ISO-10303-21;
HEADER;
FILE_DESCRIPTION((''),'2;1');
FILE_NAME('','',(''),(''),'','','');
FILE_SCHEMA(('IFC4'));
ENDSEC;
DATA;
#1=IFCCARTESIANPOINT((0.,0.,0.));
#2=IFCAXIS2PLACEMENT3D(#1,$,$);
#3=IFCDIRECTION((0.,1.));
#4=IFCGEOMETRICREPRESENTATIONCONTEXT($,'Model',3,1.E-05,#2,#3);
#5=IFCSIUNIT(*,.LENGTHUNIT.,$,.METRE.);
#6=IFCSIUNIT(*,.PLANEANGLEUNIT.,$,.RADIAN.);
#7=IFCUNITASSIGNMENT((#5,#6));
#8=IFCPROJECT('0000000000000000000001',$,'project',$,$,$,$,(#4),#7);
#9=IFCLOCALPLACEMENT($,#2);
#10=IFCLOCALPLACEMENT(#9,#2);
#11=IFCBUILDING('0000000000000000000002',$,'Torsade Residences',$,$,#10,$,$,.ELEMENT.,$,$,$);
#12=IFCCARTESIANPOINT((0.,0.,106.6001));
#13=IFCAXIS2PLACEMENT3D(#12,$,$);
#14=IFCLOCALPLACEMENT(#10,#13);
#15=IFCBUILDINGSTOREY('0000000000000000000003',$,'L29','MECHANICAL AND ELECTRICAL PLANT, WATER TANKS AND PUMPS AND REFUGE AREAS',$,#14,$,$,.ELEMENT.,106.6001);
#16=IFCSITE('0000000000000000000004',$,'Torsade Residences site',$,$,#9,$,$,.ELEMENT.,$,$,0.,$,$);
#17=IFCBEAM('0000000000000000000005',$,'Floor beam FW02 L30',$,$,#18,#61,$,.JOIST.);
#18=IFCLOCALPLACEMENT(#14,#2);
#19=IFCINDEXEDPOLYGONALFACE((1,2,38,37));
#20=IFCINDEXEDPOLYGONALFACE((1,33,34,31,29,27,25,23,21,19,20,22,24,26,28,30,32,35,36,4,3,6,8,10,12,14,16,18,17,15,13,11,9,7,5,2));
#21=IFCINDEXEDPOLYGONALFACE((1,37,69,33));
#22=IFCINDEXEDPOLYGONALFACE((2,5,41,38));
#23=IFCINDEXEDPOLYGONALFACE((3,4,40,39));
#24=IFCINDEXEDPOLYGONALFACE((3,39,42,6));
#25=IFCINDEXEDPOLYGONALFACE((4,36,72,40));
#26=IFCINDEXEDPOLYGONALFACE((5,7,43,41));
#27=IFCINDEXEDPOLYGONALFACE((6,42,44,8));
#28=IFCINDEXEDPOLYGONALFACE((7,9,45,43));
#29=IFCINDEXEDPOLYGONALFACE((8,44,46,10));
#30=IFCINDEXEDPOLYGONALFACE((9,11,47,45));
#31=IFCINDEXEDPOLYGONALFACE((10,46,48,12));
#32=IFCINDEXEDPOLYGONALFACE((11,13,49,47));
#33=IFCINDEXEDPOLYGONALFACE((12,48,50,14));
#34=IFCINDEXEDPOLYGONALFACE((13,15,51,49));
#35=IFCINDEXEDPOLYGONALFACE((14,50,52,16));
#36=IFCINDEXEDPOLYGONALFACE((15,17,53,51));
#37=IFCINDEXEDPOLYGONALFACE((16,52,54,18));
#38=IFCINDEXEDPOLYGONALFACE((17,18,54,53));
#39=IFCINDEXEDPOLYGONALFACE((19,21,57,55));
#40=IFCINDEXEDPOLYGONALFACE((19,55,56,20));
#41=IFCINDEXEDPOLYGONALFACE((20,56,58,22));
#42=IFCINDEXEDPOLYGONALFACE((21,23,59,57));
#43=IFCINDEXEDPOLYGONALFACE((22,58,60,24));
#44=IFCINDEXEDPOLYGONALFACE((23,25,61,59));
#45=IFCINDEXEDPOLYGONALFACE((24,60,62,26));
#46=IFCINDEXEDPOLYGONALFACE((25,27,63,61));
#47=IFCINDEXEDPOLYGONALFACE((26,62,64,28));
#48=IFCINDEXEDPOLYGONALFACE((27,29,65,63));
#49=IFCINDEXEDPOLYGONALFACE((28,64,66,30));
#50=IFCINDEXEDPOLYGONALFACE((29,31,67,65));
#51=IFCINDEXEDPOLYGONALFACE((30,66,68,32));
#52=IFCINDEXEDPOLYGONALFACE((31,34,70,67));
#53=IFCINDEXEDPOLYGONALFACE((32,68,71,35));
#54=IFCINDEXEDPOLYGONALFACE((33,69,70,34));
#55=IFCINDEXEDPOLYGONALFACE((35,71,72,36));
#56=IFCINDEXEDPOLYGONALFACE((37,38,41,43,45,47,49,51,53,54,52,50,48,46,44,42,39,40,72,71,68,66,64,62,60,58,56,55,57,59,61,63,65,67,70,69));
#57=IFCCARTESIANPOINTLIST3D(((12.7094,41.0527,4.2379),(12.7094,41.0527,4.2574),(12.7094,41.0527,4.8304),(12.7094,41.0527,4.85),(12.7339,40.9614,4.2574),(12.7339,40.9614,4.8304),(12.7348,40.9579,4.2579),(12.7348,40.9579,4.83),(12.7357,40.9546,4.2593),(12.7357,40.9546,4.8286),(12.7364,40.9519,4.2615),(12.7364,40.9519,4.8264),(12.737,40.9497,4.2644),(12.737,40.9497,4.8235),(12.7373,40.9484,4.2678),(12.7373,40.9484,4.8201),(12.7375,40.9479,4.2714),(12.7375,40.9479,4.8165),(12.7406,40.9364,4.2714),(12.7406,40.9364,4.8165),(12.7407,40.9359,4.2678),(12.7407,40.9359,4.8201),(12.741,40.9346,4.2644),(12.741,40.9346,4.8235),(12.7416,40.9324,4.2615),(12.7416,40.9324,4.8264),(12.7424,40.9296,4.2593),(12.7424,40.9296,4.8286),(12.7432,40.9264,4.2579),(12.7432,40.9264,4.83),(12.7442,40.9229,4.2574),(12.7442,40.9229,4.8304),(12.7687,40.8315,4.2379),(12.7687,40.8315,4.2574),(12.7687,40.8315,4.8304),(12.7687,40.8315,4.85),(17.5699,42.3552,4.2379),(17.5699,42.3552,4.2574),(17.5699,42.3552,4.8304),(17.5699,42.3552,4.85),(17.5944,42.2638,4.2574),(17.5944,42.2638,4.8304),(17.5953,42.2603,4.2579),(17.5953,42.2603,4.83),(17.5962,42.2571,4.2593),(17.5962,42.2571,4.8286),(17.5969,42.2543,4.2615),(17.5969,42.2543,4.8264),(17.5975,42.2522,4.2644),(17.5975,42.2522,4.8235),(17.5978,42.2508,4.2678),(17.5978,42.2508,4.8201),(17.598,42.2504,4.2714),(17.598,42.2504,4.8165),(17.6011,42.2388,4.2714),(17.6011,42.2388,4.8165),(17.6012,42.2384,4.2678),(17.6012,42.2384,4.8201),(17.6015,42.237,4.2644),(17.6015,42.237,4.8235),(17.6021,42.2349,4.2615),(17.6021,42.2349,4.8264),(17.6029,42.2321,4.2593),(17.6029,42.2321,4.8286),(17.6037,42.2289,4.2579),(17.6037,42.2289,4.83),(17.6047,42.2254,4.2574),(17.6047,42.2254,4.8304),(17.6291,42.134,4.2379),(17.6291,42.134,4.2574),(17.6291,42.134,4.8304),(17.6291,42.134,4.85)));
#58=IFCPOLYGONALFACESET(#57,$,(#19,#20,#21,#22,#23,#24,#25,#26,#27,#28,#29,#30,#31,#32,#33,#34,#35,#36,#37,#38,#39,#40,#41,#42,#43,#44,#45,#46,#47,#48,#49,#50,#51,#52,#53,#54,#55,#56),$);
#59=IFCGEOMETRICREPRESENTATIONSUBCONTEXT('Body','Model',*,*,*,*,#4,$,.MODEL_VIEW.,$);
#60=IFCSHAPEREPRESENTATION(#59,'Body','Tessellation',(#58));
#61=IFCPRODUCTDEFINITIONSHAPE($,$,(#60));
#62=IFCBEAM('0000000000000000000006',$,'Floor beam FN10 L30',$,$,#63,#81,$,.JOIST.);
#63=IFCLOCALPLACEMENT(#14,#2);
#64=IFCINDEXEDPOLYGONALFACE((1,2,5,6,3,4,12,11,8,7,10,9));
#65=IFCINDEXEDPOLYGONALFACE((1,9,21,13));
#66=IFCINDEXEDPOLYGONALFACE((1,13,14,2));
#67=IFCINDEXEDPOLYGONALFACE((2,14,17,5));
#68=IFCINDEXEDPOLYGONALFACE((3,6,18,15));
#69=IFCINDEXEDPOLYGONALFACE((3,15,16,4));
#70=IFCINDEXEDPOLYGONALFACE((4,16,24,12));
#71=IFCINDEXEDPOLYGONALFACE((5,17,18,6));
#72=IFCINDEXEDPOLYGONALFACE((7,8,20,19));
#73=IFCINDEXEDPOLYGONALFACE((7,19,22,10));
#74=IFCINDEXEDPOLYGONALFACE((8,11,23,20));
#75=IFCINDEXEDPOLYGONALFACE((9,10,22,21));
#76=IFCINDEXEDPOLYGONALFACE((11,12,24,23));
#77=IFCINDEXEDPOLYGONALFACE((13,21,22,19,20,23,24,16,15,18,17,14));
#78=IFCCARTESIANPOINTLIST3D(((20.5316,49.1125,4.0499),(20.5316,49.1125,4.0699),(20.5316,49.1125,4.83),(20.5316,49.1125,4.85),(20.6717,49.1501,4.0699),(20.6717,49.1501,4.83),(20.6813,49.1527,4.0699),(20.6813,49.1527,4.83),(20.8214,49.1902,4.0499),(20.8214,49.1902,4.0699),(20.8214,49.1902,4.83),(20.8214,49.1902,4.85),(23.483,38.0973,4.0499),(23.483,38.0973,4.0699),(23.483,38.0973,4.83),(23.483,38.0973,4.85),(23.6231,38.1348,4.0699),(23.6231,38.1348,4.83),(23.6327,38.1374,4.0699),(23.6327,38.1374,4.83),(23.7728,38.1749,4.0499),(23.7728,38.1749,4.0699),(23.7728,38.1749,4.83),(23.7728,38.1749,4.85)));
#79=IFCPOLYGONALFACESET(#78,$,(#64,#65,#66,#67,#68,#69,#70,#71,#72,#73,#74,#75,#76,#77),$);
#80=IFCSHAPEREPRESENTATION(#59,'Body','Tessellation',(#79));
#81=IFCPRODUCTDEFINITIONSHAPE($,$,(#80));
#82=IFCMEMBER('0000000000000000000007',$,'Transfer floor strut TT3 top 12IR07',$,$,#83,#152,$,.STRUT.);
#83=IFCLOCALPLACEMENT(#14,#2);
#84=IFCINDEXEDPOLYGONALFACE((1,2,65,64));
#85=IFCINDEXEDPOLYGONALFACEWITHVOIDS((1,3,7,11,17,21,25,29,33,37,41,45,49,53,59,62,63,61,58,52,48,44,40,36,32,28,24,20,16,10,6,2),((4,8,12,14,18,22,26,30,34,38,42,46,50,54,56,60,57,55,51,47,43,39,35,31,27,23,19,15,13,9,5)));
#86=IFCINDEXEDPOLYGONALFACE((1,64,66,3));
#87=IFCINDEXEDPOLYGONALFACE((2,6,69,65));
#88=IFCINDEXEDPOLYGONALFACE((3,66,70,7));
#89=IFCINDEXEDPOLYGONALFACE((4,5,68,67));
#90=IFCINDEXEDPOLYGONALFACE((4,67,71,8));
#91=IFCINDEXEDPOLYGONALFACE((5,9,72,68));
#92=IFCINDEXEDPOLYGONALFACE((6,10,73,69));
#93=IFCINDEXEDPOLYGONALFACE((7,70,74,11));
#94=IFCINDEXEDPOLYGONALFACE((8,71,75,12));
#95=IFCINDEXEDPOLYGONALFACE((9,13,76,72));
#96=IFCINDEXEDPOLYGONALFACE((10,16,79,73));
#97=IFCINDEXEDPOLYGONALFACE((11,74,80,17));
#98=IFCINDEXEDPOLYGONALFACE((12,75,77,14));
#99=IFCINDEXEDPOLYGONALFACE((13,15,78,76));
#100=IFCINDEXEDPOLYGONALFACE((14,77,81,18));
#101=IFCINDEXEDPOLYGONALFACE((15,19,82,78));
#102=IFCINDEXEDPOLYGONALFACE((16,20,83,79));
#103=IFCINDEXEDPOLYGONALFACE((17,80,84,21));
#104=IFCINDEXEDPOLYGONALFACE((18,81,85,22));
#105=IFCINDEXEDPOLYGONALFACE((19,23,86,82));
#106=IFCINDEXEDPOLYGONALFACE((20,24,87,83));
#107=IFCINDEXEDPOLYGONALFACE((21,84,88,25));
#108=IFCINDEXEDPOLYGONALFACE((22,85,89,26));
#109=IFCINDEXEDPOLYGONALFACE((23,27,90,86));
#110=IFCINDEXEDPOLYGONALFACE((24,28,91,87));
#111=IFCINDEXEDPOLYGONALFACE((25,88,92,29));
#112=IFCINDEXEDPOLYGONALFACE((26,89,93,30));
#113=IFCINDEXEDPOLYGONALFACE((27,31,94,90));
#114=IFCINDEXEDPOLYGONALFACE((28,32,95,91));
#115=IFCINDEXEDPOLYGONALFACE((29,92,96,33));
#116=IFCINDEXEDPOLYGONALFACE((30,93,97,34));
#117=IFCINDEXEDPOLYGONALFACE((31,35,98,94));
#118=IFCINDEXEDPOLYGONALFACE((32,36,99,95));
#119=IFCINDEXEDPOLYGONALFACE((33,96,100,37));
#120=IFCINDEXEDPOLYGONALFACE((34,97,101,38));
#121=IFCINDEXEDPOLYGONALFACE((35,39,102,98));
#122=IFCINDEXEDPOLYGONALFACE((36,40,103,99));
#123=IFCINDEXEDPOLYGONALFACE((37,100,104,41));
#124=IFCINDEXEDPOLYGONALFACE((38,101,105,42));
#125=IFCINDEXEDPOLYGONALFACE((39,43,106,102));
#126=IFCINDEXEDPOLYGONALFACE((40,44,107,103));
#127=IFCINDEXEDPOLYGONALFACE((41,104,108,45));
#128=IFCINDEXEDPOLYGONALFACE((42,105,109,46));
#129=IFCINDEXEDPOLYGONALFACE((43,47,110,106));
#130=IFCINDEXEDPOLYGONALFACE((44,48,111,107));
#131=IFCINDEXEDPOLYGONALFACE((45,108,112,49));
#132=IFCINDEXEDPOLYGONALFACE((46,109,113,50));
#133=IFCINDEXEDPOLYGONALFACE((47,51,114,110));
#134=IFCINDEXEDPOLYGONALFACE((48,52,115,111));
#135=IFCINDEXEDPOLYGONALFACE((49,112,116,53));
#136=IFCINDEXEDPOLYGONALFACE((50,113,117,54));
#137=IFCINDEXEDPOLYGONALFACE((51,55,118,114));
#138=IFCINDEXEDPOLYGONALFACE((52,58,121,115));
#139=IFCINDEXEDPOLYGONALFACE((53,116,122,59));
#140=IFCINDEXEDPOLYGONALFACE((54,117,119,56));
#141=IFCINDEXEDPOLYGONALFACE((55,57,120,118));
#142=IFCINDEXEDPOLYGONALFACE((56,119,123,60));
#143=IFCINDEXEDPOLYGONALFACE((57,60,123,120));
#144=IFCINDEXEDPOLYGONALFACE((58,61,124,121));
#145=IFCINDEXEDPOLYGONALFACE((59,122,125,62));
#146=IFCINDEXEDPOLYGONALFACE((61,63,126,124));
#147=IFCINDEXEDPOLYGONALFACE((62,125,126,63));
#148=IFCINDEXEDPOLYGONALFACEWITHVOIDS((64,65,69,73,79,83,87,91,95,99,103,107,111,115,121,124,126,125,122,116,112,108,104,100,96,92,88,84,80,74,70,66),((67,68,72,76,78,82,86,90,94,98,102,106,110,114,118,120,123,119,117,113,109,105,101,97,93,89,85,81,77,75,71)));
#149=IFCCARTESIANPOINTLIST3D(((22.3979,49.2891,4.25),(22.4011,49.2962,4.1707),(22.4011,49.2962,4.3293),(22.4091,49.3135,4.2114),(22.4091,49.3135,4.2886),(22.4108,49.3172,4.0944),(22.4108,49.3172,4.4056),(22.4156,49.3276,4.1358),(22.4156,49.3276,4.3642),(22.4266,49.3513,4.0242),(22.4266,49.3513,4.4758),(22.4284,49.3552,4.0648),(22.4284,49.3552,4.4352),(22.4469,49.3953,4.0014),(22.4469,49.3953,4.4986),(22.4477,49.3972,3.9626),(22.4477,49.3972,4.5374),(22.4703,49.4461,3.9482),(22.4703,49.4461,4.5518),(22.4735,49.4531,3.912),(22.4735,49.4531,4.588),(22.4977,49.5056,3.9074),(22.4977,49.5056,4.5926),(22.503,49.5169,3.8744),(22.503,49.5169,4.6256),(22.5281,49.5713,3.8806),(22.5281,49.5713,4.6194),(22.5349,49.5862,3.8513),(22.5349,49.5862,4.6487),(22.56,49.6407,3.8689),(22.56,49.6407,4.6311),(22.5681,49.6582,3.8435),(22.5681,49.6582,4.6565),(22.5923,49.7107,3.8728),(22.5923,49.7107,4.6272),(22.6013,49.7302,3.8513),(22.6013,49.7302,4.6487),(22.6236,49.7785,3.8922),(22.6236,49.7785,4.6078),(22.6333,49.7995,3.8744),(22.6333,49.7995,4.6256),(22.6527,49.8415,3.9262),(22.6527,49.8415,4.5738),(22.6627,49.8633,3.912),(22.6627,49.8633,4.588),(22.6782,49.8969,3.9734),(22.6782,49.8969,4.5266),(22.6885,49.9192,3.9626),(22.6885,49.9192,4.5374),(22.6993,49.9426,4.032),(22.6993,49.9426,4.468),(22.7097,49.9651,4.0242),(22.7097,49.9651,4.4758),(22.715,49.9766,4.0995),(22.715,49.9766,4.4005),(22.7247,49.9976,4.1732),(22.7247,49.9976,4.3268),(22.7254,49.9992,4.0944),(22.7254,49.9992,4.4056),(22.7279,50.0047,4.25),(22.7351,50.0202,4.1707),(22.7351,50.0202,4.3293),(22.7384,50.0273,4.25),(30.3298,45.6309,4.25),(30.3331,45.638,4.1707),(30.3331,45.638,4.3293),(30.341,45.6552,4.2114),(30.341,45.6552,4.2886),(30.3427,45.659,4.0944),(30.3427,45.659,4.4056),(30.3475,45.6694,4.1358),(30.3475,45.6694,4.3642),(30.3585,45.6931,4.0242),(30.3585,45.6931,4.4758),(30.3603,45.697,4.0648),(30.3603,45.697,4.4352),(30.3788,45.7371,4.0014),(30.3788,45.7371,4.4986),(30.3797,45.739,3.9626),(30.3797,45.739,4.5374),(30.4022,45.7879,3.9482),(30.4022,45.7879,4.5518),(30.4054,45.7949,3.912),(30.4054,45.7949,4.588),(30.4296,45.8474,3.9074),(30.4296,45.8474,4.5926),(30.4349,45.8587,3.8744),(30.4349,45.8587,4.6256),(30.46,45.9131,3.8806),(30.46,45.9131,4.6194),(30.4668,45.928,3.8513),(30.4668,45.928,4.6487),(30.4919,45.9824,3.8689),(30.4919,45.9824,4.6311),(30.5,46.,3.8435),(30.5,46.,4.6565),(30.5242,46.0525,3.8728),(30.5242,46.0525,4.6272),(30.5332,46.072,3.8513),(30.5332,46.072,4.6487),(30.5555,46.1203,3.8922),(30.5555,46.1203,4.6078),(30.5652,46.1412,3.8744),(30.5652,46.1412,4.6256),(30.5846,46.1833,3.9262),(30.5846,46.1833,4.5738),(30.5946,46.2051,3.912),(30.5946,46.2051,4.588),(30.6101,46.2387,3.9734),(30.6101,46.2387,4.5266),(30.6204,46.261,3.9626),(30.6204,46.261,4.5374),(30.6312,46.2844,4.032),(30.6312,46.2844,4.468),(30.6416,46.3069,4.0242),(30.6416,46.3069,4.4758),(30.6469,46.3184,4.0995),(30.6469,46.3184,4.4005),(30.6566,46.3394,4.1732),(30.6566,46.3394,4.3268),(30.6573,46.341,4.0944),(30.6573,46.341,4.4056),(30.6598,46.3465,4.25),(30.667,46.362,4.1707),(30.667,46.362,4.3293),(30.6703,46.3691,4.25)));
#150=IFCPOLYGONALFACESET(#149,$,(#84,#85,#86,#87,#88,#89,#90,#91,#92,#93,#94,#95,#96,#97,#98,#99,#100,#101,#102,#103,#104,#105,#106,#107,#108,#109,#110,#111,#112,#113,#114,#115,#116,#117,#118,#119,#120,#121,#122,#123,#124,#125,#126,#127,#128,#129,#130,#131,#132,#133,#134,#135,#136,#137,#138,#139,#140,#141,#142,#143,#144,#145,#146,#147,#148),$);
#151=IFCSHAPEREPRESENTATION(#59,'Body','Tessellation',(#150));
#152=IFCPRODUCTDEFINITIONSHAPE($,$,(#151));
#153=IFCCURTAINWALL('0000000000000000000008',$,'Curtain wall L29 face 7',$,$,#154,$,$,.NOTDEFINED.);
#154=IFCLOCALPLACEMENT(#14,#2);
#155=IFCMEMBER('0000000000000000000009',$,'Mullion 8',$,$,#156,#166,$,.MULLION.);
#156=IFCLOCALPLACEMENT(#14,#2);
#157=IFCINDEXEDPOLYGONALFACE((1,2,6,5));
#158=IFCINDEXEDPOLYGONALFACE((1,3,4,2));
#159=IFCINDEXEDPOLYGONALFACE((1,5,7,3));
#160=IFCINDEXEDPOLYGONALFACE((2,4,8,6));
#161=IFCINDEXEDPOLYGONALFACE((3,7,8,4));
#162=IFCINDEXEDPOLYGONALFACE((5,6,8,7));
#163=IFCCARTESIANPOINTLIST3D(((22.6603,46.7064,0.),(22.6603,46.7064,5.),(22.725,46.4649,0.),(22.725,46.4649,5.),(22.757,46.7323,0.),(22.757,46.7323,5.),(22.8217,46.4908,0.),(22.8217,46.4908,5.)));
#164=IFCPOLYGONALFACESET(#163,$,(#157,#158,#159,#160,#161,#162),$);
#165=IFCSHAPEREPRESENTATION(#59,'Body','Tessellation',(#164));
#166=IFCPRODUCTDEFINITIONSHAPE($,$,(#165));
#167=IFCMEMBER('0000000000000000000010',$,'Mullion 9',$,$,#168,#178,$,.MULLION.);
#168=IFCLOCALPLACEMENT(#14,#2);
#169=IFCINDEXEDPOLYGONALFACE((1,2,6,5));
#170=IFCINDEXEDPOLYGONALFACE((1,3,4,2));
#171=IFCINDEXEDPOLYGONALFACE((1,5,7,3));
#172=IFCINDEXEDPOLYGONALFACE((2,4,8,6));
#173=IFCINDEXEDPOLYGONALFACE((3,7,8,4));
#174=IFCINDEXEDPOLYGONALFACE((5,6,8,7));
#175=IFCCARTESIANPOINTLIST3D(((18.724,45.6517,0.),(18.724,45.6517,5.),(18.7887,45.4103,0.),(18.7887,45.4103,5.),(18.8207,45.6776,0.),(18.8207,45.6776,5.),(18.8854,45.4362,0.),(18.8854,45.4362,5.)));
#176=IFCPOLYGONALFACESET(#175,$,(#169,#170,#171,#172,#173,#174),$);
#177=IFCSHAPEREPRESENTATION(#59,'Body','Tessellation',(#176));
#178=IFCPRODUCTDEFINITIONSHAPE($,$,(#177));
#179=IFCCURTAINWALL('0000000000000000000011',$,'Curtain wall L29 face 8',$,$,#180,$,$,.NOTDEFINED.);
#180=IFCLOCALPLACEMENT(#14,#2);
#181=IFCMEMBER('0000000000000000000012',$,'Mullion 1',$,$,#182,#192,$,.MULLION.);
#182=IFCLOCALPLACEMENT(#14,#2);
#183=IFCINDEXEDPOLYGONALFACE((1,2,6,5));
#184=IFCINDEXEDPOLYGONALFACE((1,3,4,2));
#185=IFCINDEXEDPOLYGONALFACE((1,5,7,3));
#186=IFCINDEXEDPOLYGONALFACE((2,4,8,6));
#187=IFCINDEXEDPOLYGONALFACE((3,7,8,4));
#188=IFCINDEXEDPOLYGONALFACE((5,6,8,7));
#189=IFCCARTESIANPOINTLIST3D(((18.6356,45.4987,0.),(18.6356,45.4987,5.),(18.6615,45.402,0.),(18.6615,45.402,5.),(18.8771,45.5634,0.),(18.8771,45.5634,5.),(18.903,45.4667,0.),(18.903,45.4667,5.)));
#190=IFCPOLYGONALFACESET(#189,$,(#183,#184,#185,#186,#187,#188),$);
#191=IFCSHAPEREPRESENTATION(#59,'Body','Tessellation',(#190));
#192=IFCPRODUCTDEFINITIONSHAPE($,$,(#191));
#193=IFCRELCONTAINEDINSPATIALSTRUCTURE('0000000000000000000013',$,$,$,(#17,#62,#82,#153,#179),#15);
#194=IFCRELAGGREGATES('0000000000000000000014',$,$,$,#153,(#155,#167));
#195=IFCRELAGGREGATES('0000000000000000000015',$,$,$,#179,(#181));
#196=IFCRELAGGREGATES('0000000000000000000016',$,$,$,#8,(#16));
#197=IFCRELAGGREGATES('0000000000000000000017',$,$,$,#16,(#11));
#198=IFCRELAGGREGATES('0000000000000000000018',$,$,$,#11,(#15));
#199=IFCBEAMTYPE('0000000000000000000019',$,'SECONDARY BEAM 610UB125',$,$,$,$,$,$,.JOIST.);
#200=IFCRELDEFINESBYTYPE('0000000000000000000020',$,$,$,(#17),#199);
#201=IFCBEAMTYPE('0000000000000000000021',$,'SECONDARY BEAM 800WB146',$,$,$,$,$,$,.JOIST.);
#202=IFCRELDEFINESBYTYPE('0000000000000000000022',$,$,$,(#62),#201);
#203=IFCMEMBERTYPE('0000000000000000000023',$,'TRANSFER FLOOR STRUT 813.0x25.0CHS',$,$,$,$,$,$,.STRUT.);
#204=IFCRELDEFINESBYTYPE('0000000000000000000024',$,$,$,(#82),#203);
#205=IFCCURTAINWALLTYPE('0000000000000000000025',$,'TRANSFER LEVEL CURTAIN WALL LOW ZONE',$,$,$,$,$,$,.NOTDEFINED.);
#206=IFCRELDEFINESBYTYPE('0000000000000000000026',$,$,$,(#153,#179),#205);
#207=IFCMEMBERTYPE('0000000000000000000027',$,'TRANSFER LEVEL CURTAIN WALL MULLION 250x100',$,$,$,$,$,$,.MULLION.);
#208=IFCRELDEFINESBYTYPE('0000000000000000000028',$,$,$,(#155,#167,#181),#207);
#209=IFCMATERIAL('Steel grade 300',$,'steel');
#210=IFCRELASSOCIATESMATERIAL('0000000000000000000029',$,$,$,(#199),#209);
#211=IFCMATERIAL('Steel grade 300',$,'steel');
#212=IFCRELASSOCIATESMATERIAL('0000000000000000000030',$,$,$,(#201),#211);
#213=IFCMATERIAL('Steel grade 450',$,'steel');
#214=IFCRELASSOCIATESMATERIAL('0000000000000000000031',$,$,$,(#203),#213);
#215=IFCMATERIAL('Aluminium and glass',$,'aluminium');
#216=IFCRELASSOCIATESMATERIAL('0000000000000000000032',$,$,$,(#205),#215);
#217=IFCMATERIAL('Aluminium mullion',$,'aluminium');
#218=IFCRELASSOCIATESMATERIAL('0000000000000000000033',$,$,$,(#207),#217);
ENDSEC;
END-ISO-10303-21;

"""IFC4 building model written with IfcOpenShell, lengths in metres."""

from ifc_helpers import new_model, si_unit, direction, frame, origin, origin_2d, place, context, subcontext, project, spatial, rectangle, hollow_circle, i_section, extrude, material, material_profile, profile_set, type_object, element, aggregate, save


model = new_model("IFC4")

# Units and contexts
model_context = context("Model", 3, precision=1e-05, world=origin(), true_north=direction((0.0, 1.0)))
body_context = subcontext(model_context, "Body", "Model", "MODEL_VIEW")
ifc_project = project(units=[si_unit("LENGTHUNIT", "METRE"), si_unit("PLANEANGLEUNIT", "RADIAN")], contexts=[model_context])

# Site, building, storey
site_placement = place(None, origin())
site = spatial("IfcSite", under=ifc_project, at=site_placement, Name="Torsade Residences site", CompositionType="ELEMENT", RefElevation=0.0)
building_placement = place(site_placement, origin())
building = spatial("IfcBuilding", under=site, at=building_placement, Name="Torsade Residences", CompositionType="ELEMENT")
storey_placement = place(building_placement, frame((0.0, 0.0, 106.6001)))
storey = spatial("IfcBuildingStorey", under=building, at=storey_placement, Name="L29", Description="MECHANICAL AND ELECTRICAL PLANT, WATER TANKS AND PUMPS AND REFUGE AREAS", CompositionType="ELEMENT", Elevation=106.6001)

# Beams
ifc_material_1 = material(Name="Steel grade 300", Category="steel")
ifc_material_profile_1 = material_profile(ifc_material_1, i_section(OverallWidth=0.229, OverallDepth=0.6121, WebThickness=0.012, FlangeThickness=0.0195, FilletRadius=0.0139, at=origin_2d()), Name="610UB125")
ifc_profile_set_1 = profile_set([ifc_material_profile_1], Name="Steel grade 300")
beam_type_1 = type_object("IfcBeamType", Name="SECONDARY BEAM 610UB125", PredefinedType="JOIST", material=ifc_profile_set_1)
beam_1_placement = place(storey_placement, frame((12.739, 40.9421, 4.5439), z_axis=(0.965921, 0.258837, 0.0), x_axis=(-0.258837, 0.965921, 0.0)))
element("IfcBeam", 1, at=beam_1_placement, inside=storey, type_object=beam_type_1, Name="Floor beam FW02 L30", PredefinedType="JOIST", context=body_context, shape_type="SweptSolid", body=[
    extrude(i_section(OverallWidth=0.229, OverallDepth=0.6121, WebThickness=0.012, FlangeThickness=0.0195, FilletRadius=0.0139, at=origin_2d()), origin(), (0.0, 0.0, 1.0), 5.032),
])
ifc_material_2 = material(Name="Steel grade 300", Category="steel")
ifc_material_profile_2 = material_profile(ifc_material_2, i_section(OverallWidth=0.3, OverallDepth=0.8, WebThickness=0.01, FlangeThickness=0.02, at=origin_2d()), Name="800WB146")
ifc_profile_set_2 = profile_set([ifc_material_profile_2], Name="Steel grade 300")
beam_type_2 = type_object("IfcBeamType", Name="SECONDARY BEAM 800WB146", PredefinedType="JOIST", material=ifc_profile_set_2)
beam_2_placement = place(storey_placement, frame((20.6765, 49.1514, 4.45), z_axis=(0.258807, -0.965929, 0.0), x_axis=(0.965929, 0.258807, 0.0)))
element("IfcBeam", 2, at=beam_2_placement, inside=storey, type_object=beam_type_2, Name="Floor beam FN10 L30", PredefinedType="JOIST", context=body_context, shape_type="SweptSolid", body=[
    extrude(i_section(OverallWidth=0.3, OverallDepth=0.8, WebThickness=0.01, FlangeThickness=0.02, at=origin_2d()), origin(), (0.0, 0.0, 1.0), 11.4038),
])

# Member
ifc_material_3 = material(Name="Steel grade 450", Category="steel")
ifc_material_profile_3 = material_profile(ifc_material_3, hollow_circle(Radius=0.4065, WallThickness=0.0249, at=origin_2d()), Name="813.0x25.0CHS")
ifc_profile_set_3 = profile_set([ifc_material_profile_3], Name="Steel grade 450")
member_type_1 = type_object("IfcMemberType", Name="TRANSFER FLOOR STRUT 813.0x25.0CHS", PredefinedType="STRUT", material=ifc_profile_set_3)
member_1_placement = place(storey_placement, frame((22.5681, 49.6582, 4.25), z_axis=(0.908076, -0.418806, 0.0), x_axis=(0.418806, 0.908076, 0.0)))
element("IfcMember", 3, at=member_1_placement, inside=storey, type_object=member_type_1, Name="Transfer floor strut TT3 top 12IR07", PredefinedType="STRUT", context=body_context, shape_type="SweptSolid", body=[
    extrude(hollow_circle(Radius=0.4065, WallThickness=0.0249, at=origin_2d()), origin(), (0.0, 0.0, 1.0), 8.7349),
])

# Curtain walls, members
ifc_material_4 = material(Name="Aluminium and glass", Category="aluminium")
curtain_wall_type = type_object("IfcCurtainWallType", Name="TRANSFER LEVEL CURTAIN WALL LOW ZONE", PredefinedType="NOTDEFINED", material=ifc_material_4)
curtain_wall_1_placement = place(storey_placement, origin())
curtain_wall_1 = element("IfcCurtainWall", 4, at=curtain_wall_1_placement, inside=storey, type_object=curtain_wall_type, Name="Curtain wall L29 face 7", PredefinedType="NOTDEFINED")
ifc_material_5 = material(Name="Aluminium mullion", Category="aluminium")
ifc_material_profile_4 = material_profile(ifc_material_5, rectangle(XDim=0.25, YDim=0.1001, at=origin_2d()), Name="TRANSFER LEVEL CURTAIN WALL MULLION 250x100")
ifc_profile_set_4 = profile_set([ifc_material_profile_4], Name="Aluminium mullion")
member_type_2 = type_object("IfcMemberType", Name="TRANSFER LEVEL CURTAIN WALL MULLION 250x100", PredefinedType="MULLION", material=ifc_profile_set_4)
member_2_placement = place(storey_placement, frame((22.741, 46.5986, 0.0), z_axis=(0.0, 0.0, 1.0), x_axis=(0.258819, -0.965926, 0.0)))
member_2 = element("IfcMember", 5, at=member_2_placement, type_object=member_type_2, Name="Mullion 8", PredefinedType="MULLION", context=body_context, shape_type="SweptSolid", body=[
    extrude(rectangle(XDim=0.25, YDim=0.1001, at=origin_2d()), origin(), (0.0, 0.0, 1.0), 5.0),
])
member_3_placement = place(storey_placement, frame((18.8047, 45.5439, 0.0), z_axis=(0.0, 0.0, 1.0), x_axis=(0.258819, -0.965926, 0.0)))
member_3 = element("IfcMember", 6, at=member_3_placement, type_object=member_type_2, Name="Mullion 9", PredefinedType="MULLION", context=body_context, shape_type="SweptSolid", body=[
    extrude(rectangle(XDim=0.25, YDim=0.1001, at=origin_2d()), origin(), (0.0, 0.0, 1.0), 5.0),
])
curtain_wall_2_placement = place(storey_placement, origin())
curtain_wall_2 = element("IfcCurtainWall", 7, at=curtain_wall_2_placement, inside=storey, type_object=curtain_wall_type, Name="Curtain wall L29 face 8", PredefinedType="NOTDEFINED")
member_4_placement = place(storey_placement, frame((18.7693, 45.4827, 0.0), z_axis=(0.0, 0.0, 1.0), x_axis=(0.965926, 0.258819, 0.0)))
member_4 = element("IfcMember", 8, at=member_4_placement, type_object=member_type_2, Name="Mullion 1", PredefinedType="MULLION", context=body_context, shape_type="SweptSolid", body=[
    extrude(rectangle(XDim=0.25, YDim=0.1001, at=origin_2d()), origin(), (0.0, 0.0, 1.0), 5.0),
])

aggregate(curtain_wall_1, [member_2, member_3])
aggregate(curtain_wall_2, [member_4])

save(model, "model.ifc")
